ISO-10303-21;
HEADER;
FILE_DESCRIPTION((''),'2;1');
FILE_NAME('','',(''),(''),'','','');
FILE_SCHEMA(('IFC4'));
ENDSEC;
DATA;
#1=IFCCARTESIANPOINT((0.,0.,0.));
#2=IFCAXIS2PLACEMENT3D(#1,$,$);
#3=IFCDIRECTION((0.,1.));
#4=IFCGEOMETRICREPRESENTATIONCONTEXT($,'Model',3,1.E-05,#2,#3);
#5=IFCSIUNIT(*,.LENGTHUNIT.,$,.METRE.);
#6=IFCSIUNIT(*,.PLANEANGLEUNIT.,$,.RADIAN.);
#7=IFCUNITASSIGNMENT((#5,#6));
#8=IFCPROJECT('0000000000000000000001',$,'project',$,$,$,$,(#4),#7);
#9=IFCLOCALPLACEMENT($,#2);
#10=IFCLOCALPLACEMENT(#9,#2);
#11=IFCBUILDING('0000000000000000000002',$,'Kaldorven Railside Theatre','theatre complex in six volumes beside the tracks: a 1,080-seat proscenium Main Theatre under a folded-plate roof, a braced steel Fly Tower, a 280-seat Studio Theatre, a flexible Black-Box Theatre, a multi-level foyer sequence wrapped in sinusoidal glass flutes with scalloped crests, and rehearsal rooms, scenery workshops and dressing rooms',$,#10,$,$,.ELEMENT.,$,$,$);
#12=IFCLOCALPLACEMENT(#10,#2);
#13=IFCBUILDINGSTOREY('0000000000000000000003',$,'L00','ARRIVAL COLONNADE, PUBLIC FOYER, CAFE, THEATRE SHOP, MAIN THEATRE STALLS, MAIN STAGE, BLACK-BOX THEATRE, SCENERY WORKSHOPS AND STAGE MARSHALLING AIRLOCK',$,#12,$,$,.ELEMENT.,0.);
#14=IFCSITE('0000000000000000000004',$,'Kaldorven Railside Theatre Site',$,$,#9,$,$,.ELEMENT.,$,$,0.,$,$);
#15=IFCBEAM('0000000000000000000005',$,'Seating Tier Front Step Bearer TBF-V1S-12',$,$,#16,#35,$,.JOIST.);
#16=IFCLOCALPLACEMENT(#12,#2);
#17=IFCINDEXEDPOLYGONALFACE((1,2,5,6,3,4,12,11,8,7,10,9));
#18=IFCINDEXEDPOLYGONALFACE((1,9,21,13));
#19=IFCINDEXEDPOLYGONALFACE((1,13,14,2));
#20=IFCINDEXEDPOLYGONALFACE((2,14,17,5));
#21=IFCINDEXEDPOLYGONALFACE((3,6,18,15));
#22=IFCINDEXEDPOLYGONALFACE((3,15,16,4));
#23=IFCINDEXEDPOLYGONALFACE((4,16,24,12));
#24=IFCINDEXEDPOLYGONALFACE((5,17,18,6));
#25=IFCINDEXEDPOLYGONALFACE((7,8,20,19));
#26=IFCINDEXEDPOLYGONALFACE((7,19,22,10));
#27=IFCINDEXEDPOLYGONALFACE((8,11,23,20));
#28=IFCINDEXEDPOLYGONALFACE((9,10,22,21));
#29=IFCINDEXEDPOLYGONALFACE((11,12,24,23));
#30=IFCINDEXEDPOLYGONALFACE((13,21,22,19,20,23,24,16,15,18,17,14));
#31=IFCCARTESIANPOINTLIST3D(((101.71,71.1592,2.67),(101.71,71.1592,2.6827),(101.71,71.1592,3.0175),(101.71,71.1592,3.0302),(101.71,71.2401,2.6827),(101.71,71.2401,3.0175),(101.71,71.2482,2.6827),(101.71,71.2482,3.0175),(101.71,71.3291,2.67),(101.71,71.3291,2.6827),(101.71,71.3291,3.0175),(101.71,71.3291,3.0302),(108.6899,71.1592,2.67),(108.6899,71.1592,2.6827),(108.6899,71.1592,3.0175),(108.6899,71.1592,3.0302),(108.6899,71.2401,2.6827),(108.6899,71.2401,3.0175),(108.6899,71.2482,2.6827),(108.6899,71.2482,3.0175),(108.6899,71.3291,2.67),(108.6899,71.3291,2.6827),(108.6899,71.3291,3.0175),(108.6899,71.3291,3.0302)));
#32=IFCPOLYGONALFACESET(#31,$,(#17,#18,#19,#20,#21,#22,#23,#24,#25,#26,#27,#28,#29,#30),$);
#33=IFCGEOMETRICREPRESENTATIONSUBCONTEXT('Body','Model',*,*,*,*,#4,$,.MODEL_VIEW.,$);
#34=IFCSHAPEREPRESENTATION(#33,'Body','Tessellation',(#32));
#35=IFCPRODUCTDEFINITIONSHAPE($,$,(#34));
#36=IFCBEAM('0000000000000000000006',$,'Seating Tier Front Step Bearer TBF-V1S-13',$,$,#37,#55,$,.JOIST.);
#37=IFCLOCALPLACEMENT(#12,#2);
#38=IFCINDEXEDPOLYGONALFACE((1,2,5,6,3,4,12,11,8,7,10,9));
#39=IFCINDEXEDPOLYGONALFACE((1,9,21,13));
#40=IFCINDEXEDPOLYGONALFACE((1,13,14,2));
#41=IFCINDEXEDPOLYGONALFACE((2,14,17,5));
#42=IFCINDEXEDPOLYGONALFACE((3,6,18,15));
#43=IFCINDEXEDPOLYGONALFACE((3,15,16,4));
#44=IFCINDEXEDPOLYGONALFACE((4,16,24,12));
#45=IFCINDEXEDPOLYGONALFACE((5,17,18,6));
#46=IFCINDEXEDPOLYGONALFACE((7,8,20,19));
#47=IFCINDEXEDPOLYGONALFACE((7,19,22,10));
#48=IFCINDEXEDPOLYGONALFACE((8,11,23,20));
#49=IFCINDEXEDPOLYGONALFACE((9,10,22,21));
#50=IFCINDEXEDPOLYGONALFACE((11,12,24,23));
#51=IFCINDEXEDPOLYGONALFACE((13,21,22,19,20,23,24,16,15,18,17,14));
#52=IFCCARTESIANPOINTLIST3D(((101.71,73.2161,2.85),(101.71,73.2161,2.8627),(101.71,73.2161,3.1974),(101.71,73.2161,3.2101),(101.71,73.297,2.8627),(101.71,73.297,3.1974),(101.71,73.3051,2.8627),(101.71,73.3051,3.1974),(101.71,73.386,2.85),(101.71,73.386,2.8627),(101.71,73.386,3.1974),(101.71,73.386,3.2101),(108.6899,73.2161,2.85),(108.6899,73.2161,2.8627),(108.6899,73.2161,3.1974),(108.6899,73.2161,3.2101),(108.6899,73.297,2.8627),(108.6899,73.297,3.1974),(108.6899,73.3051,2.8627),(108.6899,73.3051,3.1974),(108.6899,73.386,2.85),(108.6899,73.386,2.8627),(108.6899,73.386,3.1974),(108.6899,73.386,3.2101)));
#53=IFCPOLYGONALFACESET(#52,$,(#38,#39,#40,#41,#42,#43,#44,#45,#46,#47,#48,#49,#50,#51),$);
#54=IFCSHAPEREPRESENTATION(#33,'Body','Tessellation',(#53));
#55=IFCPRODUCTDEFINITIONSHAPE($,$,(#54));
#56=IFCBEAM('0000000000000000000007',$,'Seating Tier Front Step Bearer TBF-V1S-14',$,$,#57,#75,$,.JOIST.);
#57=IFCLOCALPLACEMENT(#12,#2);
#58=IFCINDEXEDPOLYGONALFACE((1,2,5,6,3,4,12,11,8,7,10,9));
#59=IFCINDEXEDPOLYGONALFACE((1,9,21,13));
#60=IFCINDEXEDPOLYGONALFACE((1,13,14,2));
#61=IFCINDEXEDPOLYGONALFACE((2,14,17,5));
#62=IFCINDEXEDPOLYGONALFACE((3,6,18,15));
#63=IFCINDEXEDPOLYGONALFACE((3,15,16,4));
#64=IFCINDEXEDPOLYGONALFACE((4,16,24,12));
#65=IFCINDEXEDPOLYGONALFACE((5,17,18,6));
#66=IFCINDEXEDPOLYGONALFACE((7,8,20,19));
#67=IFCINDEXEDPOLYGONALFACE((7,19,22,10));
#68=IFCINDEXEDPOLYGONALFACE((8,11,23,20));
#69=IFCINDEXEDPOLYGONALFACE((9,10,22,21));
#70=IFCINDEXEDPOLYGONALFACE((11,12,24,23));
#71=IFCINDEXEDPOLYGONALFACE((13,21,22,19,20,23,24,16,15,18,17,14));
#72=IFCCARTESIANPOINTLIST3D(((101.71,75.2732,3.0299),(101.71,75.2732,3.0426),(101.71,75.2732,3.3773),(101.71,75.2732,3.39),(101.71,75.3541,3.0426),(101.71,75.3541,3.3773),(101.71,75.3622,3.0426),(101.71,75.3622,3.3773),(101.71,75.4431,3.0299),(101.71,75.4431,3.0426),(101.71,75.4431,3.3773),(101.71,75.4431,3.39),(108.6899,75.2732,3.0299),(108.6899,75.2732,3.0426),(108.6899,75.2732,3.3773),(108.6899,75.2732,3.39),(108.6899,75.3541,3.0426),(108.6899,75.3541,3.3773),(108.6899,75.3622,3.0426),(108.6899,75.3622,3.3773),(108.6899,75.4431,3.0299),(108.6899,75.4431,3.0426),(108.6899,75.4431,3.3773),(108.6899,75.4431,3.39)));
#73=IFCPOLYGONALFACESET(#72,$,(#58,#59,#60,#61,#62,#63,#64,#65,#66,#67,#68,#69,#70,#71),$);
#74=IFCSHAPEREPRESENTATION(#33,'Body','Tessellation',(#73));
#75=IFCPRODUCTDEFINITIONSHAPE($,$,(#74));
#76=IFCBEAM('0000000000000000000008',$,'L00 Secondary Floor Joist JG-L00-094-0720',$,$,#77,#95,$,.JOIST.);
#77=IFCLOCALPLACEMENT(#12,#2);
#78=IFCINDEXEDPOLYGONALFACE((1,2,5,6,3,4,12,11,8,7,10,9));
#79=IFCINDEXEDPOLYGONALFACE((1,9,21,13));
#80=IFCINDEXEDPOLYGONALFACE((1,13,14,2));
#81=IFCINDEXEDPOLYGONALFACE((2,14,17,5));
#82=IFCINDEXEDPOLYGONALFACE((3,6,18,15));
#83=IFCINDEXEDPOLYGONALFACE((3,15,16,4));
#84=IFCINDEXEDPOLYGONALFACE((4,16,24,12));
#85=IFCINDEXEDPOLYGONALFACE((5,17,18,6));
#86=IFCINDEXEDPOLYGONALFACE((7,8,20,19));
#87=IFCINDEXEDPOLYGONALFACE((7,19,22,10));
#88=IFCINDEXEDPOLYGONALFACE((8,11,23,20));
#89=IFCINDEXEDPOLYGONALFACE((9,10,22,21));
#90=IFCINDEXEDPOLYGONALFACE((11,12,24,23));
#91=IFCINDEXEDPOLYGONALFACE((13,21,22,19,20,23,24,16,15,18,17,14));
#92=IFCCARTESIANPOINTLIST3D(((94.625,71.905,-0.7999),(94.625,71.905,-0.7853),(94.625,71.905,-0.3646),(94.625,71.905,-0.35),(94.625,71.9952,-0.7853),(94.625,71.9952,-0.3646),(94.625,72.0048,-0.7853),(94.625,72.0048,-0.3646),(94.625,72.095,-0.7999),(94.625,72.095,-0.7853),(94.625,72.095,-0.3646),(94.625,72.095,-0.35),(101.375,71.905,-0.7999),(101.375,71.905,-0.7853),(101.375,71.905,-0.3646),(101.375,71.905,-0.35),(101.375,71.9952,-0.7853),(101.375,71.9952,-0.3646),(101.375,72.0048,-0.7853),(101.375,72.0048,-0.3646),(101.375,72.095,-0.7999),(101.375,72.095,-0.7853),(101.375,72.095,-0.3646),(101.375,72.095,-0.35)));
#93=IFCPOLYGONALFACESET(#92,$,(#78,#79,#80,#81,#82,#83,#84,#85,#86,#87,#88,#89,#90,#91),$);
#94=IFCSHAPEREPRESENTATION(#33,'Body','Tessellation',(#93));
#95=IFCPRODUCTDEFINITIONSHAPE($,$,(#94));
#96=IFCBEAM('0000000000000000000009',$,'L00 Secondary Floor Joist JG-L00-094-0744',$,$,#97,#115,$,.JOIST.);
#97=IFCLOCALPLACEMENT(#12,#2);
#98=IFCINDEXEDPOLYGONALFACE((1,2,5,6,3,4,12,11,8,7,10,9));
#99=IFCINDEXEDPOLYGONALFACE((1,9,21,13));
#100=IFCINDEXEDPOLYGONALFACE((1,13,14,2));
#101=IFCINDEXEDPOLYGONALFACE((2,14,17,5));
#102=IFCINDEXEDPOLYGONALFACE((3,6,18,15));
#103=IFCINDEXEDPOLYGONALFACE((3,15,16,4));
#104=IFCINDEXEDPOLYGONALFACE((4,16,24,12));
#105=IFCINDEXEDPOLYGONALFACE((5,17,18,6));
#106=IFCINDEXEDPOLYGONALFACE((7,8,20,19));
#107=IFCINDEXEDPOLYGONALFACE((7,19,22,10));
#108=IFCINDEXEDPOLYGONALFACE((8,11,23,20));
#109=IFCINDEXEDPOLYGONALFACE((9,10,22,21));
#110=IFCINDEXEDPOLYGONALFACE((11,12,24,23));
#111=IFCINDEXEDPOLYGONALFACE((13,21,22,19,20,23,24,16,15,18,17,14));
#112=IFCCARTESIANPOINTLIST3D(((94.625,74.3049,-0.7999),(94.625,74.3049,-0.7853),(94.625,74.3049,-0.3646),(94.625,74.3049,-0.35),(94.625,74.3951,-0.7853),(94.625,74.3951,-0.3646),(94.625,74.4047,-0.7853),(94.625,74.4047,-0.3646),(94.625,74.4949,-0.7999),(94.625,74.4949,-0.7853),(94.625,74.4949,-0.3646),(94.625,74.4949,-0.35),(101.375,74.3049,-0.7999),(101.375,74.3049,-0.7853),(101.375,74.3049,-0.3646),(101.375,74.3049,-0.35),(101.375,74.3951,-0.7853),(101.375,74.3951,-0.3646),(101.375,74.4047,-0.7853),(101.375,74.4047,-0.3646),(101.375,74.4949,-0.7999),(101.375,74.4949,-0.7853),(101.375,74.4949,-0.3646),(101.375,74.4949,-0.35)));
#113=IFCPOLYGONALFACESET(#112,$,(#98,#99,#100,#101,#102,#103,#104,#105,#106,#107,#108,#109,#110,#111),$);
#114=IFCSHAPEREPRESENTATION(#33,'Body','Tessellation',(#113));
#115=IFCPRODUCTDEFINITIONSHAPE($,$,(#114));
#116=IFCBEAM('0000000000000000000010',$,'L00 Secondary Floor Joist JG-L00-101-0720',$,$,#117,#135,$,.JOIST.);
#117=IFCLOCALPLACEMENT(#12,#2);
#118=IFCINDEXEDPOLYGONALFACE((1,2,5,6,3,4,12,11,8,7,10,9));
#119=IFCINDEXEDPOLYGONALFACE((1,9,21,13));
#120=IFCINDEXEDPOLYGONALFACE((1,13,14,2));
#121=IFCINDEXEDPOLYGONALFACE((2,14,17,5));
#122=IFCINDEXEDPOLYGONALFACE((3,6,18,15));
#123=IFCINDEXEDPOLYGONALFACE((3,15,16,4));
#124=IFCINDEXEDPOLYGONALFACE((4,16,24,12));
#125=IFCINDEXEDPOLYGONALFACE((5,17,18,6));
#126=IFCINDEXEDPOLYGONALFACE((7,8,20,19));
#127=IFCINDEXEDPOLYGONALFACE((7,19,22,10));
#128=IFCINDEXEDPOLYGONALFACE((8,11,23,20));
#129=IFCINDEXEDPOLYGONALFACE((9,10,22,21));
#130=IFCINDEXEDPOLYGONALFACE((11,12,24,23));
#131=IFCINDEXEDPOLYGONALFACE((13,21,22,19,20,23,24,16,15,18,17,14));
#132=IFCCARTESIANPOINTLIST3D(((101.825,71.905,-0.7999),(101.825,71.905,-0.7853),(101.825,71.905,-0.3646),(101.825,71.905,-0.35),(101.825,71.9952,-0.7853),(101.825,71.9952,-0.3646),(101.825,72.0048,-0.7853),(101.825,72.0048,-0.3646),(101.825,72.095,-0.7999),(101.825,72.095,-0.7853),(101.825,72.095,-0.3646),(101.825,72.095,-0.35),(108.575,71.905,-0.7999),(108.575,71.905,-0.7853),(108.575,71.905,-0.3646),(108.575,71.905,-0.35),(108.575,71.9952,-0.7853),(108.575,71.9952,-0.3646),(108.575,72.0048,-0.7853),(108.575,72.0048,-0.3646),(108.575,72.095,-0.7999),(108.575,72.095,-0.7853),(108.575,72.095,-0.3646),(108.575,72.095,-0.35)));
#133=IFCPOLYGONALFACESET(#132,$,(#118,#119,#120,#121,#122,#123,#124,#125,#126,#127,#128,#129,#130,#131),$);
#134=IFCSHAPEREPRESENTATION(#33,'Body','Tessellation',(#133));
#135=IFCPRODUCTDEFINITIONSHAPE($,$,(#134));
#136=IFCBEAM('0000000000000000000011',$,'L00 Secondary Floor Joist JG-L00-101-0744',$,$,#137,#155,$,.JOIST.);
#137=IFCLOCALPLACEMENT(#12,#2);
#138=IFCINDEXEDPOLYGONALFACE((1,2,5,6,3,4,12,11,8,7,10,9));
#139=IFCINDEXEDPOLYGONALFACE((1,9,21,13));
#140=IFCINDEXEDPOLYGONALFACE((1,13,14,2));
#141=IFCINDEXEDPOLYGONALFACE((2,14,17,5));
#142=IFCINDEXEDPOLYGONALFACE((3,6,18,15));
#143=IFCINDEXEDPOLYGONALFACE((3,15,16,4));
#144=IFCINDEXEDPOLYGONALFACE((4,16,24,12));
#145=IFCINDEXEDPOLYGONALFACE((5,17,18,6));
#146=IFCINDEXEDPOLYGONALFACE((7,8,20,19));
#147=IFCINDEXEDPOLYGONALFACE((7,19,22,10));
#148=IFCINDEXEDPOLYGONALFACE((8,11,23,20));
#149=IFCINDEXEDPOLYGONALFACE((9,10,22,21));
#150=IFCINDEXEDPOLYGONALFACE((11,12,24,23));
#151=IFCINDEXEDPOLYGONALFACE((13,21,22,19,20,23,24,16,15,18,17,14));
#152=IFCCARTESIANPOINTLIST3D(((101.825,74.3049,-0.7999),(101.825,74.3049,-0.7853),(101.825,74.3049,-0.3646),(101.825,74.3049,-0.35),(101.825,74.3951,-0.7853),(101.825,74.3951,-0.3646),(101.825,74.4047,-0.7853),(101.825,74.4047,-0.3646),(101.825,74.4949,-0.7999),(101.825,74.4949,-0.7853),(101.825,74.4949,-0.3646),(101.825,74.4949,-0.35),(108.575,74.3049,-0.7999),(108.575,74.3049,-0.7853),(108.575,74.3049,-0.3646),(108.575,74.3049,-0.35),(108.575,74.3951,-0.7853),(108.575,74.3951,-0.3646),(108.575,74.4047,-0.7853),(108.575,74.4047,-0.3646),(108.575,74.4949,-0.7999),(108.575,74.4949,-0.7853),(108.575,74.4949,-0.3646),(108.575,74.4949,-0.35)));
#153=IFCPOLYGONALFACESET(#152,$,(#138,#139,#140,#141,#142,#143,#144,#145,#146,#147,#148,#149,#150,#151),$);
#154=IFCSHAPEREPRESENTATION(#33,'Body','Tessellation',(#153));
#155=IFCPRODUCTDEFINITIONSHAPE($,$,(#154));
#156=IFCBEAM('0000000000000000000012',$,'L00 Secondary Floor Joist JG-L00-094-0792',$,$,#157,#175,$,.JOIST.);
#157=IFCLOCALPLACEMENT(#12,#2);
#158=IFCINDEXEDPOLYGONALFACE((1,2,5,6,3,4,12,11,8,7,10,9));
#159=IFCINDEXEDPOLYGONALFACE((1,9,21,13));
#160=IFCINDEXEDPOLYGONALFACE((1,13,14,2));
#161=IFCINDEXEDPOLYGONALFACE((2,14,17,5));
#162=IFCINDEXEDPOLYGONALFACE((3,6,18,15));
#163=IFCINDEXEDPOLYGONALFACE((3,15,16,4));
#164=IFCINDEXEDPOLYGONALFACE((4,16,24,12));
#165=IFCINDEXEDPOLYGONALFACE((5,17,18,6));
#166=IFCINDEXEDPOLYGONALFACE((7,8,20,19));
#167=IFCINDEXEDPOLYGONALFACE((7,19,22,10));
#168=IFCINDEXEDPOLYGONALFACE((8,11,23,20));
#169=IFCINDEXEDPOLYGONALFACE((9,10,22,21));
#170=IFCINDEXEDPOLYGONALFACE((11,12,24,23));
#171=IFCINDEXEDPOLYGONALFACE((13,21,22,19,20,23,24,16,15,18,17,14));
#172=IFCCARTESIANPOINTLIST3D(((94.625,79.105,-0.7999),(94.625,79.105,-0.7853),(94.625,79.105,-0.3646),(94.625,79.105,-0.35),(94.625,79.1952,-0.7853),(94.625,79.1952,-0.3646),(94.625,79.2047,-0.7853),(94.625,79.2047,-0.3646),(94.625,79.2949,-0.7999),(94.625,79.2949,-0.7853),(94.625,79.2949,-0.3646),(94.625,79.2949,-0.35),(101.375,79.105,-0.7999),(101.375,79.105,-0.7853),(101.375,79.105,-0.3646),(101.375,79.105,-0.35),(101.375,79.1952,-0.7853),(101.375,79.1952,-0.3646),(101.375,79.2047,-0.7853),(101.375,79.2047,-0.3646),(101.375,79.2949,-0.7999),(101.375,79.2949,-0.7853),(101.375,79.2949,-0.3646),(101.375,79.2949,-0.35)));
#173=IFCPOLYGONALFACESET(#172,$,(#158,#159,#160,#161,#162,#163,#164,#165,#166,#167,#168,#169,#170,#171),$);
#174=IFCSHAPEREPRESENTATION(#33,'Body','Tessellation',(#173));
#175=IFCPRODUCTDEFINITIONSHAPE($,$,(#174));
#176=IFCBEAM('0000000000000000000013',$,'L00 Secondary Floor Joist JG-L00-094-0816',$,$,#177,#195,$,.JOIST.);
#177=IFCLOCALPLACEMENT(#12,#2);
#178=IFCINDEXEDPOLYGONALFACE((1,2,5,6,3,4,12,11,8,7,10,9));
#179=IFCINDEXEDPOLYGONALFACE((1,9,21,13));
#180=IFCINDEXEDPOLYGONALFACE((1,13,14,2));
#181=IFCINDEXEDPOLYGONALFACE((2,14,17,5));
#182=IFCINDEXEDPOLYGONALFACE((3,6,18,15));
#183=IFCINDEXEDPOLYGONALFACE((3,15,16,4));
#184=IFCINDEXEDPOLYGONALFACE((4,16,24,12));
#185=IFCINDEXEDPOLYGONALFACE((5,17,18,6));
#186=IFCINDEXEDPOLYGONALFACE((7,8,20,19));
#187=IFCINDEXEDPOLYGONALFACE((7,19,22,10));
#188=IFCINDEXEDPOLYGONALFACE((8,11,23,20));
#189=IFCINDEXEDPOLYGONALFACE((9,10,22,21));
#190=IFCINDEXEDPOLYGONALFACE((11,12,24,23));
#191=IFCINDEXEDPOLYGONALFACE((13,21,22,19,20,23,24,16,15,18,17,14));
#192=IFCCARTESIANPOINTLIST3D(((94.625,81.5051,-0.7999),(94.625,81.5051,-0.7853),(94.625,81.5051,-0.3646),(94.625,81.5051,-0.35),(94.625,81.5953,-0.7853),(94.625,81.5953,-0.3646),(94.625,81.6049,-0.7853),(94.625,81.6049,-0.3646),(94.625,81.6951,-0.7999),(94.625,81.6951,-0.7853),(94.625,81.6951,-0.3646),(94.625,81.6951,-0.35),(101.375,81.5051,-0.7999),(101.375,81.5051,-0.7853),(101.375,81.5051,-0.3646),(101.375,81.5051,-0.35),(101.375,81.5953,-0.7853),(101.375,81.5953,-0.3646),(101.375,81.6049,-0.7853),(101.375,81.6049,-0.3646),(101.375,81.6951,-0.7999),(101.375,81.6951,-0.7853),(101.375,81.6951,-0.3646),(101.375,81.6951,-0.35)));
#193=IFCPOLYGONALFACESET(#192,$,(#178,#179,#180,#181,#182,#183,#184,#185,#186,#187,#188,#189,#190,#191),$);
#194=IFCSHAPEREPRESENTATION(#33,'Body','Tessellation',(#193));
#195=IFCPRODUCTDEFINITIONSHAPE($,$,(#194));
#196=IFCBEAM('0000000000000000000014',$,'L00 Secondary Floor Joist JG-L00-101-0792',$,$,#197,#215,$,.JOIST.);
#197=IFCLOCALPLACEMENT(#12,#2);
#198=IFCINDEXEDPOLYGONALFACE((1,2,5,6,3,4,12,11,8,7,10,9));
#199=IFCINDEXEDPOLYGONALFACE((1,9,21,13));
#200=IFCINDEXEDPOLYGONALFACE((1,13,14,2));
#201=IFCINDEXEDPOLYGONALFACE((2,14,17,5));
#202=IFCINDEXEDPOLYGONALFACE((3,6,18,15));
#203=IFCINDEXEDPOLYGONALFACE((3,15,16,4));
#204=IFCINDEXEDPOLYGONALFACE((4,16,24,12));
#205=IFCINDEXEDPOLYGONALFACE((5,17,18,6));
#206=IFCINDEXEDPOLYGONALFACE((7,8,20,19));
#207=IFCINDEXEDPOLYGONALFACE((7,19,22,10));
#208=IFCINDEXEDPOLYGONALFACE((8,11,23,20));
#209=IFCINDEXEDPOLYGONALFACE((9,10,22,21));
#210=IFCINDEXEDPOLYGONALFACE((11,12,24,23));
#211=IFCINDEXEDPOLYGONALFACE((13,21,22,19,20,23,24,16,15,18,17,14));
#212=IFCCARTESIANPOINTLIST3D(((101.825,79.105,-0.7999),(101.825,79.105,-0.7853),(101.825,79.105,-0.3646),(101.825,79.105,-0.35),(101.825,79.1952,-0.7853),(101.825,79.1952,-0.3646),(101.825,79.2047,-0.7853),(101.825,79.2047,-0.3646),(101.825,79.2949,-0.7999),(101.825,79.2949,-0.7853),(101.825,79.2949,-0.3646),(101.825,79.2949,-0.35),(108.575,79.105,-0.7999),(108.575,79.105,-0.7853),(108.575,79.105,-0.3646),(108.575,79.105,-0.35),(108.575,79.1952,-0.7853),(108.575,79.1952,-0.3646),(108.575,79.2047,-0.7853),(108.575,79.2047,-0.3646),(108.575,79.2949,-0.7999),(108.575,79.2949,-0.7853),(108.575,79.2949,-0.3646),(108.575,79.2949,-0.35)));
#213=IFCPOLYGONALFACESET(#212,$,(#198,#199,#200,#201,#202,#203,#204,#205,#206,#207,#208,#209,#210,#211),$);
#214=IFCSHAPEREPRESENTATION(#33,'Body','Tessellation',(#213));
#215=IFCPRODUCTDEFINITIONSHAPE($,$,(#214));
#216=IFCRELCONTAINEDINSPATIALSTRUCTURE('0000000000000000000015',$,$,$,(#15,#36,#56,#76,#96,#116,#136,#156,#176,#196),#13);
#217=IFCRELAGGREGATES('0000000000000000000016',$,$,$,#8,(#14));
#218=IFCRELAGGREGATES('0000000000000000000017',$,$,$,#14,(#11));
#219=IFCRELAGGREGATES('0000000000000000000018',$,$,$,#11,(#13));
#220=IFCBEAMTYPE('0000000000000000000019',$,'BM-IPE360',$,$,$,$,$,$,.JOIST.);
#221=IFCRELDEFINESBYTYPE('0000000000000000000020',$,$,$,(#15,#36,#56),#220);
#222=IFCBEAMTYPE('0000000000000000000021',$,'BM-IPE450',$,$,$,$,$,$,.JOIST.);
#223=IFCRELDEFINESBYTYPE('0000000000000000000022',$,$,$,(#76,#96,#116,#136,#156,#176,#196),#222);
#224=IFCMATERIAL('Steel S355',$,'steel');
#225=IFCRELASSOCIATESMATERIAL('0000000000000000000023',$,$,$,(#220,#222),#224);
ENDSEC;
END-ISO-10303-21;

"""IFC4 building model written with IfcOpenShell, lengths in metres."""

from ifc_helpers import new_model, si_unit, direction, frame, origin, origin_2d, place, context, subcontext, project, spatial, i_section, extrude, material, material_profile, profile_set, type_object, element, save


model = new_model("IFC4")

# Units and contexts
model_context = context("Model", 3, precision=1e-05, world=origin(), true_north=direction((0.0, 1.0)))
body_context = subcontext(model_context, "Body", "Model", "MODEL_VIEW")
ifc_project = project(units=[si_unit("LENGTHUNIT", "METRE"), si_unit("PLANEANGLEUNIT", "RADIAN")], contexts=[model_context])

# Site, building, storey
site_placement = place(None, origin())
site = spatial("IfcSite", under=ifc_project, at=site_placement, Name="Kaldorven Railside Theatre Site", CompositionType="ELEMENT", RefElevation=0.0)
building_placement = place(site_placement, origin())
building = spatial("IfcBuilding", under=site, at=building_placement, Name="Kaldorven Railside Theatre", Description="theatre complex in six volumes beside the tracks: a 1,080-seat proscenium Main Theatre under a folded-plate roof, a braced steel Fly Tower, a 280-seat Studio Theatre, a flexible Black-Box Theatre, a multi-level foyer sequence wrapped in sinusoidal glass flutes with scalloped crests, and rehearsal rooms, scenery workshops and dressing rooms", CompositionType="ELEMENT")
storey_placement = place(building_placement, origin())
storey = spatial("IfcBuildingStorey", under=building, at=storey_placement, Name="L00", Description="ARRIVAL COLONNADE, PUBLIC FOYER, CAFE, THEATRE SHOP, MAIN THEATRE STALLS, MAIN STAGE, BLACK-BOX THEATRE, SCENERY WORKSHOPS AND STAGE MARSHALLING AIRLOCK", CompositionType="ELEMENT", Elevation=0.0)

# Shared definitions
ifc_material_1 = material(Name="Steel S355", Category="steel")

# Beams
ifc_material_profile_1 = material_profile(ifc_material_1, i_section(OverallWidth=0.1699, OverallDepth=0.3601, WebThickness=0.0081, FlangeThickness=0.0127, at=origin_2d()), Name="IPE 360")
ifc_profile_set_1 = profile_set([ifc_material_profile_1], Name="Steel S355")
beam_type_1 = type_object("IfcBeamType", Name="BM-IPE360", PredefinedType="JOIST", material=ifc_profile_set_1)
for number, where, z_axis, x_axis, name in (
    (1, (101.71, 71.2441, 2.8501), (1.0, 0.0, 0.0), (0.0, 1.0, 0.0), "Seating Tier Front Step Bearer TBF-V1S-12"),
    (2, (101.71, 73.301, 3.03), (1.0, 0.0, 0.0), (0.0, 1.0, 0.0), "Seating Tier Front Step Bearer TBF-V1S-13"),
    (3, (101.71, 75.3582, 3.21), (1.0, 0.0, 0.0), (0.0, 1.0, 0.0), "Seating Tier Front Step Bearer TBF-V1S-14"),
):
    element("IfcBeam", number, at=place(storey_placement, frame(where, z_axis=z_axis, x_axis=x_axis)), inside=storey, type_object=beam_type_1, Name=name, PredefinedType="JOIST", context=body_context, shape_type="SweptSolid", body=[
        extrude(i_section(OverallWidth=0.1699, OverallDepth=0.3601, WebThickness=0.0081, FlangeThickness=0.0127, at=origin_2d()), origin(), (0.0, 0.0, 1.0), 6.98),
    ])
ifc_material_profile_2 = material_profile(ifc_material_1, i_section(OverallWidth=0.1899, OverallDepth=0.45, WebThickness=0.0095, FlangeThickness=0.0146, at=origin_2d()), Name="IPE 450")
ifc_profile_set_2 = profile_set([ifc_material_profile_2], Name="Steel S355")
beam_type_2 = type_object("IfcBeamType", Name="BM-IPE450", PredefinedType="JOIST", material=ifc_profile_set_2)
for number, where, z_axis, x_axis, name in (
    (4, (94.625, 72.0, -0.575), (1.0, 0.0, 0.0), (0.0, 1.0, 0.0), "L00 Secondary Floor Joist JG-L00-094-0720"),
    (5, (94.625, 74.3999, -0.575), (1.0, 0.0, 0.0), (0.0, 1.0, 0.0), "L00 Secondary Floor Joist JG-L00-094-0744"),
    (6, (101.825, 72.0, -0.575), (1.0, 0.0, 0.0), (0.0, 1.0, 0.0), "L00 Secondary Floor Joist JG-L00-101-0720"),
    (7, (101.825, 74.3999, -0.575), (1.0, 0.0, 0.0), (0.0, 1.0, 0.0), "L00 Secondary Floor Joist JG-L00-101-0744"),
    (8, (94.625, 79.2, -0.575), (1.0, 0.0, 0.0), (0.0, 1.0, 0.0), "L00 Secondary Floor Joist JG-L00-094-0792"),
    (9, (94.625, 81.6001, -0.575), (1.0, 0.0, 0.0), (0.0, 1.0, 0.0), "L00 Secondary Floor Joist JG-L00-094-0816"),
    (10, (101.825, 79.2, -0.575), (1.0, 0.0, 0.0), (0.0, 1.0, 0.0), "L00 Secondary Floor Joist JG-L00-101-0792"),
):
    element("IfcBeam", number, at=place(storey_placement, frame(where, z_axis=z_axis, x_axis=x_axis)), inside=storey, type_object=beam_type_2, Name=name, PredefinedType="JOIST", context=body_context, shape_type="SweptSolid", body=[
        extrude(i_section(OverallWidth=0.1899, OverallDepth=0.45, WebThickness=0.0095, FlangeThickness=0.0146, at=origin_2d()), origin(), (0.0, 0.0, 1.0), 6.75),
    ])

save(model, "model.ifc")
